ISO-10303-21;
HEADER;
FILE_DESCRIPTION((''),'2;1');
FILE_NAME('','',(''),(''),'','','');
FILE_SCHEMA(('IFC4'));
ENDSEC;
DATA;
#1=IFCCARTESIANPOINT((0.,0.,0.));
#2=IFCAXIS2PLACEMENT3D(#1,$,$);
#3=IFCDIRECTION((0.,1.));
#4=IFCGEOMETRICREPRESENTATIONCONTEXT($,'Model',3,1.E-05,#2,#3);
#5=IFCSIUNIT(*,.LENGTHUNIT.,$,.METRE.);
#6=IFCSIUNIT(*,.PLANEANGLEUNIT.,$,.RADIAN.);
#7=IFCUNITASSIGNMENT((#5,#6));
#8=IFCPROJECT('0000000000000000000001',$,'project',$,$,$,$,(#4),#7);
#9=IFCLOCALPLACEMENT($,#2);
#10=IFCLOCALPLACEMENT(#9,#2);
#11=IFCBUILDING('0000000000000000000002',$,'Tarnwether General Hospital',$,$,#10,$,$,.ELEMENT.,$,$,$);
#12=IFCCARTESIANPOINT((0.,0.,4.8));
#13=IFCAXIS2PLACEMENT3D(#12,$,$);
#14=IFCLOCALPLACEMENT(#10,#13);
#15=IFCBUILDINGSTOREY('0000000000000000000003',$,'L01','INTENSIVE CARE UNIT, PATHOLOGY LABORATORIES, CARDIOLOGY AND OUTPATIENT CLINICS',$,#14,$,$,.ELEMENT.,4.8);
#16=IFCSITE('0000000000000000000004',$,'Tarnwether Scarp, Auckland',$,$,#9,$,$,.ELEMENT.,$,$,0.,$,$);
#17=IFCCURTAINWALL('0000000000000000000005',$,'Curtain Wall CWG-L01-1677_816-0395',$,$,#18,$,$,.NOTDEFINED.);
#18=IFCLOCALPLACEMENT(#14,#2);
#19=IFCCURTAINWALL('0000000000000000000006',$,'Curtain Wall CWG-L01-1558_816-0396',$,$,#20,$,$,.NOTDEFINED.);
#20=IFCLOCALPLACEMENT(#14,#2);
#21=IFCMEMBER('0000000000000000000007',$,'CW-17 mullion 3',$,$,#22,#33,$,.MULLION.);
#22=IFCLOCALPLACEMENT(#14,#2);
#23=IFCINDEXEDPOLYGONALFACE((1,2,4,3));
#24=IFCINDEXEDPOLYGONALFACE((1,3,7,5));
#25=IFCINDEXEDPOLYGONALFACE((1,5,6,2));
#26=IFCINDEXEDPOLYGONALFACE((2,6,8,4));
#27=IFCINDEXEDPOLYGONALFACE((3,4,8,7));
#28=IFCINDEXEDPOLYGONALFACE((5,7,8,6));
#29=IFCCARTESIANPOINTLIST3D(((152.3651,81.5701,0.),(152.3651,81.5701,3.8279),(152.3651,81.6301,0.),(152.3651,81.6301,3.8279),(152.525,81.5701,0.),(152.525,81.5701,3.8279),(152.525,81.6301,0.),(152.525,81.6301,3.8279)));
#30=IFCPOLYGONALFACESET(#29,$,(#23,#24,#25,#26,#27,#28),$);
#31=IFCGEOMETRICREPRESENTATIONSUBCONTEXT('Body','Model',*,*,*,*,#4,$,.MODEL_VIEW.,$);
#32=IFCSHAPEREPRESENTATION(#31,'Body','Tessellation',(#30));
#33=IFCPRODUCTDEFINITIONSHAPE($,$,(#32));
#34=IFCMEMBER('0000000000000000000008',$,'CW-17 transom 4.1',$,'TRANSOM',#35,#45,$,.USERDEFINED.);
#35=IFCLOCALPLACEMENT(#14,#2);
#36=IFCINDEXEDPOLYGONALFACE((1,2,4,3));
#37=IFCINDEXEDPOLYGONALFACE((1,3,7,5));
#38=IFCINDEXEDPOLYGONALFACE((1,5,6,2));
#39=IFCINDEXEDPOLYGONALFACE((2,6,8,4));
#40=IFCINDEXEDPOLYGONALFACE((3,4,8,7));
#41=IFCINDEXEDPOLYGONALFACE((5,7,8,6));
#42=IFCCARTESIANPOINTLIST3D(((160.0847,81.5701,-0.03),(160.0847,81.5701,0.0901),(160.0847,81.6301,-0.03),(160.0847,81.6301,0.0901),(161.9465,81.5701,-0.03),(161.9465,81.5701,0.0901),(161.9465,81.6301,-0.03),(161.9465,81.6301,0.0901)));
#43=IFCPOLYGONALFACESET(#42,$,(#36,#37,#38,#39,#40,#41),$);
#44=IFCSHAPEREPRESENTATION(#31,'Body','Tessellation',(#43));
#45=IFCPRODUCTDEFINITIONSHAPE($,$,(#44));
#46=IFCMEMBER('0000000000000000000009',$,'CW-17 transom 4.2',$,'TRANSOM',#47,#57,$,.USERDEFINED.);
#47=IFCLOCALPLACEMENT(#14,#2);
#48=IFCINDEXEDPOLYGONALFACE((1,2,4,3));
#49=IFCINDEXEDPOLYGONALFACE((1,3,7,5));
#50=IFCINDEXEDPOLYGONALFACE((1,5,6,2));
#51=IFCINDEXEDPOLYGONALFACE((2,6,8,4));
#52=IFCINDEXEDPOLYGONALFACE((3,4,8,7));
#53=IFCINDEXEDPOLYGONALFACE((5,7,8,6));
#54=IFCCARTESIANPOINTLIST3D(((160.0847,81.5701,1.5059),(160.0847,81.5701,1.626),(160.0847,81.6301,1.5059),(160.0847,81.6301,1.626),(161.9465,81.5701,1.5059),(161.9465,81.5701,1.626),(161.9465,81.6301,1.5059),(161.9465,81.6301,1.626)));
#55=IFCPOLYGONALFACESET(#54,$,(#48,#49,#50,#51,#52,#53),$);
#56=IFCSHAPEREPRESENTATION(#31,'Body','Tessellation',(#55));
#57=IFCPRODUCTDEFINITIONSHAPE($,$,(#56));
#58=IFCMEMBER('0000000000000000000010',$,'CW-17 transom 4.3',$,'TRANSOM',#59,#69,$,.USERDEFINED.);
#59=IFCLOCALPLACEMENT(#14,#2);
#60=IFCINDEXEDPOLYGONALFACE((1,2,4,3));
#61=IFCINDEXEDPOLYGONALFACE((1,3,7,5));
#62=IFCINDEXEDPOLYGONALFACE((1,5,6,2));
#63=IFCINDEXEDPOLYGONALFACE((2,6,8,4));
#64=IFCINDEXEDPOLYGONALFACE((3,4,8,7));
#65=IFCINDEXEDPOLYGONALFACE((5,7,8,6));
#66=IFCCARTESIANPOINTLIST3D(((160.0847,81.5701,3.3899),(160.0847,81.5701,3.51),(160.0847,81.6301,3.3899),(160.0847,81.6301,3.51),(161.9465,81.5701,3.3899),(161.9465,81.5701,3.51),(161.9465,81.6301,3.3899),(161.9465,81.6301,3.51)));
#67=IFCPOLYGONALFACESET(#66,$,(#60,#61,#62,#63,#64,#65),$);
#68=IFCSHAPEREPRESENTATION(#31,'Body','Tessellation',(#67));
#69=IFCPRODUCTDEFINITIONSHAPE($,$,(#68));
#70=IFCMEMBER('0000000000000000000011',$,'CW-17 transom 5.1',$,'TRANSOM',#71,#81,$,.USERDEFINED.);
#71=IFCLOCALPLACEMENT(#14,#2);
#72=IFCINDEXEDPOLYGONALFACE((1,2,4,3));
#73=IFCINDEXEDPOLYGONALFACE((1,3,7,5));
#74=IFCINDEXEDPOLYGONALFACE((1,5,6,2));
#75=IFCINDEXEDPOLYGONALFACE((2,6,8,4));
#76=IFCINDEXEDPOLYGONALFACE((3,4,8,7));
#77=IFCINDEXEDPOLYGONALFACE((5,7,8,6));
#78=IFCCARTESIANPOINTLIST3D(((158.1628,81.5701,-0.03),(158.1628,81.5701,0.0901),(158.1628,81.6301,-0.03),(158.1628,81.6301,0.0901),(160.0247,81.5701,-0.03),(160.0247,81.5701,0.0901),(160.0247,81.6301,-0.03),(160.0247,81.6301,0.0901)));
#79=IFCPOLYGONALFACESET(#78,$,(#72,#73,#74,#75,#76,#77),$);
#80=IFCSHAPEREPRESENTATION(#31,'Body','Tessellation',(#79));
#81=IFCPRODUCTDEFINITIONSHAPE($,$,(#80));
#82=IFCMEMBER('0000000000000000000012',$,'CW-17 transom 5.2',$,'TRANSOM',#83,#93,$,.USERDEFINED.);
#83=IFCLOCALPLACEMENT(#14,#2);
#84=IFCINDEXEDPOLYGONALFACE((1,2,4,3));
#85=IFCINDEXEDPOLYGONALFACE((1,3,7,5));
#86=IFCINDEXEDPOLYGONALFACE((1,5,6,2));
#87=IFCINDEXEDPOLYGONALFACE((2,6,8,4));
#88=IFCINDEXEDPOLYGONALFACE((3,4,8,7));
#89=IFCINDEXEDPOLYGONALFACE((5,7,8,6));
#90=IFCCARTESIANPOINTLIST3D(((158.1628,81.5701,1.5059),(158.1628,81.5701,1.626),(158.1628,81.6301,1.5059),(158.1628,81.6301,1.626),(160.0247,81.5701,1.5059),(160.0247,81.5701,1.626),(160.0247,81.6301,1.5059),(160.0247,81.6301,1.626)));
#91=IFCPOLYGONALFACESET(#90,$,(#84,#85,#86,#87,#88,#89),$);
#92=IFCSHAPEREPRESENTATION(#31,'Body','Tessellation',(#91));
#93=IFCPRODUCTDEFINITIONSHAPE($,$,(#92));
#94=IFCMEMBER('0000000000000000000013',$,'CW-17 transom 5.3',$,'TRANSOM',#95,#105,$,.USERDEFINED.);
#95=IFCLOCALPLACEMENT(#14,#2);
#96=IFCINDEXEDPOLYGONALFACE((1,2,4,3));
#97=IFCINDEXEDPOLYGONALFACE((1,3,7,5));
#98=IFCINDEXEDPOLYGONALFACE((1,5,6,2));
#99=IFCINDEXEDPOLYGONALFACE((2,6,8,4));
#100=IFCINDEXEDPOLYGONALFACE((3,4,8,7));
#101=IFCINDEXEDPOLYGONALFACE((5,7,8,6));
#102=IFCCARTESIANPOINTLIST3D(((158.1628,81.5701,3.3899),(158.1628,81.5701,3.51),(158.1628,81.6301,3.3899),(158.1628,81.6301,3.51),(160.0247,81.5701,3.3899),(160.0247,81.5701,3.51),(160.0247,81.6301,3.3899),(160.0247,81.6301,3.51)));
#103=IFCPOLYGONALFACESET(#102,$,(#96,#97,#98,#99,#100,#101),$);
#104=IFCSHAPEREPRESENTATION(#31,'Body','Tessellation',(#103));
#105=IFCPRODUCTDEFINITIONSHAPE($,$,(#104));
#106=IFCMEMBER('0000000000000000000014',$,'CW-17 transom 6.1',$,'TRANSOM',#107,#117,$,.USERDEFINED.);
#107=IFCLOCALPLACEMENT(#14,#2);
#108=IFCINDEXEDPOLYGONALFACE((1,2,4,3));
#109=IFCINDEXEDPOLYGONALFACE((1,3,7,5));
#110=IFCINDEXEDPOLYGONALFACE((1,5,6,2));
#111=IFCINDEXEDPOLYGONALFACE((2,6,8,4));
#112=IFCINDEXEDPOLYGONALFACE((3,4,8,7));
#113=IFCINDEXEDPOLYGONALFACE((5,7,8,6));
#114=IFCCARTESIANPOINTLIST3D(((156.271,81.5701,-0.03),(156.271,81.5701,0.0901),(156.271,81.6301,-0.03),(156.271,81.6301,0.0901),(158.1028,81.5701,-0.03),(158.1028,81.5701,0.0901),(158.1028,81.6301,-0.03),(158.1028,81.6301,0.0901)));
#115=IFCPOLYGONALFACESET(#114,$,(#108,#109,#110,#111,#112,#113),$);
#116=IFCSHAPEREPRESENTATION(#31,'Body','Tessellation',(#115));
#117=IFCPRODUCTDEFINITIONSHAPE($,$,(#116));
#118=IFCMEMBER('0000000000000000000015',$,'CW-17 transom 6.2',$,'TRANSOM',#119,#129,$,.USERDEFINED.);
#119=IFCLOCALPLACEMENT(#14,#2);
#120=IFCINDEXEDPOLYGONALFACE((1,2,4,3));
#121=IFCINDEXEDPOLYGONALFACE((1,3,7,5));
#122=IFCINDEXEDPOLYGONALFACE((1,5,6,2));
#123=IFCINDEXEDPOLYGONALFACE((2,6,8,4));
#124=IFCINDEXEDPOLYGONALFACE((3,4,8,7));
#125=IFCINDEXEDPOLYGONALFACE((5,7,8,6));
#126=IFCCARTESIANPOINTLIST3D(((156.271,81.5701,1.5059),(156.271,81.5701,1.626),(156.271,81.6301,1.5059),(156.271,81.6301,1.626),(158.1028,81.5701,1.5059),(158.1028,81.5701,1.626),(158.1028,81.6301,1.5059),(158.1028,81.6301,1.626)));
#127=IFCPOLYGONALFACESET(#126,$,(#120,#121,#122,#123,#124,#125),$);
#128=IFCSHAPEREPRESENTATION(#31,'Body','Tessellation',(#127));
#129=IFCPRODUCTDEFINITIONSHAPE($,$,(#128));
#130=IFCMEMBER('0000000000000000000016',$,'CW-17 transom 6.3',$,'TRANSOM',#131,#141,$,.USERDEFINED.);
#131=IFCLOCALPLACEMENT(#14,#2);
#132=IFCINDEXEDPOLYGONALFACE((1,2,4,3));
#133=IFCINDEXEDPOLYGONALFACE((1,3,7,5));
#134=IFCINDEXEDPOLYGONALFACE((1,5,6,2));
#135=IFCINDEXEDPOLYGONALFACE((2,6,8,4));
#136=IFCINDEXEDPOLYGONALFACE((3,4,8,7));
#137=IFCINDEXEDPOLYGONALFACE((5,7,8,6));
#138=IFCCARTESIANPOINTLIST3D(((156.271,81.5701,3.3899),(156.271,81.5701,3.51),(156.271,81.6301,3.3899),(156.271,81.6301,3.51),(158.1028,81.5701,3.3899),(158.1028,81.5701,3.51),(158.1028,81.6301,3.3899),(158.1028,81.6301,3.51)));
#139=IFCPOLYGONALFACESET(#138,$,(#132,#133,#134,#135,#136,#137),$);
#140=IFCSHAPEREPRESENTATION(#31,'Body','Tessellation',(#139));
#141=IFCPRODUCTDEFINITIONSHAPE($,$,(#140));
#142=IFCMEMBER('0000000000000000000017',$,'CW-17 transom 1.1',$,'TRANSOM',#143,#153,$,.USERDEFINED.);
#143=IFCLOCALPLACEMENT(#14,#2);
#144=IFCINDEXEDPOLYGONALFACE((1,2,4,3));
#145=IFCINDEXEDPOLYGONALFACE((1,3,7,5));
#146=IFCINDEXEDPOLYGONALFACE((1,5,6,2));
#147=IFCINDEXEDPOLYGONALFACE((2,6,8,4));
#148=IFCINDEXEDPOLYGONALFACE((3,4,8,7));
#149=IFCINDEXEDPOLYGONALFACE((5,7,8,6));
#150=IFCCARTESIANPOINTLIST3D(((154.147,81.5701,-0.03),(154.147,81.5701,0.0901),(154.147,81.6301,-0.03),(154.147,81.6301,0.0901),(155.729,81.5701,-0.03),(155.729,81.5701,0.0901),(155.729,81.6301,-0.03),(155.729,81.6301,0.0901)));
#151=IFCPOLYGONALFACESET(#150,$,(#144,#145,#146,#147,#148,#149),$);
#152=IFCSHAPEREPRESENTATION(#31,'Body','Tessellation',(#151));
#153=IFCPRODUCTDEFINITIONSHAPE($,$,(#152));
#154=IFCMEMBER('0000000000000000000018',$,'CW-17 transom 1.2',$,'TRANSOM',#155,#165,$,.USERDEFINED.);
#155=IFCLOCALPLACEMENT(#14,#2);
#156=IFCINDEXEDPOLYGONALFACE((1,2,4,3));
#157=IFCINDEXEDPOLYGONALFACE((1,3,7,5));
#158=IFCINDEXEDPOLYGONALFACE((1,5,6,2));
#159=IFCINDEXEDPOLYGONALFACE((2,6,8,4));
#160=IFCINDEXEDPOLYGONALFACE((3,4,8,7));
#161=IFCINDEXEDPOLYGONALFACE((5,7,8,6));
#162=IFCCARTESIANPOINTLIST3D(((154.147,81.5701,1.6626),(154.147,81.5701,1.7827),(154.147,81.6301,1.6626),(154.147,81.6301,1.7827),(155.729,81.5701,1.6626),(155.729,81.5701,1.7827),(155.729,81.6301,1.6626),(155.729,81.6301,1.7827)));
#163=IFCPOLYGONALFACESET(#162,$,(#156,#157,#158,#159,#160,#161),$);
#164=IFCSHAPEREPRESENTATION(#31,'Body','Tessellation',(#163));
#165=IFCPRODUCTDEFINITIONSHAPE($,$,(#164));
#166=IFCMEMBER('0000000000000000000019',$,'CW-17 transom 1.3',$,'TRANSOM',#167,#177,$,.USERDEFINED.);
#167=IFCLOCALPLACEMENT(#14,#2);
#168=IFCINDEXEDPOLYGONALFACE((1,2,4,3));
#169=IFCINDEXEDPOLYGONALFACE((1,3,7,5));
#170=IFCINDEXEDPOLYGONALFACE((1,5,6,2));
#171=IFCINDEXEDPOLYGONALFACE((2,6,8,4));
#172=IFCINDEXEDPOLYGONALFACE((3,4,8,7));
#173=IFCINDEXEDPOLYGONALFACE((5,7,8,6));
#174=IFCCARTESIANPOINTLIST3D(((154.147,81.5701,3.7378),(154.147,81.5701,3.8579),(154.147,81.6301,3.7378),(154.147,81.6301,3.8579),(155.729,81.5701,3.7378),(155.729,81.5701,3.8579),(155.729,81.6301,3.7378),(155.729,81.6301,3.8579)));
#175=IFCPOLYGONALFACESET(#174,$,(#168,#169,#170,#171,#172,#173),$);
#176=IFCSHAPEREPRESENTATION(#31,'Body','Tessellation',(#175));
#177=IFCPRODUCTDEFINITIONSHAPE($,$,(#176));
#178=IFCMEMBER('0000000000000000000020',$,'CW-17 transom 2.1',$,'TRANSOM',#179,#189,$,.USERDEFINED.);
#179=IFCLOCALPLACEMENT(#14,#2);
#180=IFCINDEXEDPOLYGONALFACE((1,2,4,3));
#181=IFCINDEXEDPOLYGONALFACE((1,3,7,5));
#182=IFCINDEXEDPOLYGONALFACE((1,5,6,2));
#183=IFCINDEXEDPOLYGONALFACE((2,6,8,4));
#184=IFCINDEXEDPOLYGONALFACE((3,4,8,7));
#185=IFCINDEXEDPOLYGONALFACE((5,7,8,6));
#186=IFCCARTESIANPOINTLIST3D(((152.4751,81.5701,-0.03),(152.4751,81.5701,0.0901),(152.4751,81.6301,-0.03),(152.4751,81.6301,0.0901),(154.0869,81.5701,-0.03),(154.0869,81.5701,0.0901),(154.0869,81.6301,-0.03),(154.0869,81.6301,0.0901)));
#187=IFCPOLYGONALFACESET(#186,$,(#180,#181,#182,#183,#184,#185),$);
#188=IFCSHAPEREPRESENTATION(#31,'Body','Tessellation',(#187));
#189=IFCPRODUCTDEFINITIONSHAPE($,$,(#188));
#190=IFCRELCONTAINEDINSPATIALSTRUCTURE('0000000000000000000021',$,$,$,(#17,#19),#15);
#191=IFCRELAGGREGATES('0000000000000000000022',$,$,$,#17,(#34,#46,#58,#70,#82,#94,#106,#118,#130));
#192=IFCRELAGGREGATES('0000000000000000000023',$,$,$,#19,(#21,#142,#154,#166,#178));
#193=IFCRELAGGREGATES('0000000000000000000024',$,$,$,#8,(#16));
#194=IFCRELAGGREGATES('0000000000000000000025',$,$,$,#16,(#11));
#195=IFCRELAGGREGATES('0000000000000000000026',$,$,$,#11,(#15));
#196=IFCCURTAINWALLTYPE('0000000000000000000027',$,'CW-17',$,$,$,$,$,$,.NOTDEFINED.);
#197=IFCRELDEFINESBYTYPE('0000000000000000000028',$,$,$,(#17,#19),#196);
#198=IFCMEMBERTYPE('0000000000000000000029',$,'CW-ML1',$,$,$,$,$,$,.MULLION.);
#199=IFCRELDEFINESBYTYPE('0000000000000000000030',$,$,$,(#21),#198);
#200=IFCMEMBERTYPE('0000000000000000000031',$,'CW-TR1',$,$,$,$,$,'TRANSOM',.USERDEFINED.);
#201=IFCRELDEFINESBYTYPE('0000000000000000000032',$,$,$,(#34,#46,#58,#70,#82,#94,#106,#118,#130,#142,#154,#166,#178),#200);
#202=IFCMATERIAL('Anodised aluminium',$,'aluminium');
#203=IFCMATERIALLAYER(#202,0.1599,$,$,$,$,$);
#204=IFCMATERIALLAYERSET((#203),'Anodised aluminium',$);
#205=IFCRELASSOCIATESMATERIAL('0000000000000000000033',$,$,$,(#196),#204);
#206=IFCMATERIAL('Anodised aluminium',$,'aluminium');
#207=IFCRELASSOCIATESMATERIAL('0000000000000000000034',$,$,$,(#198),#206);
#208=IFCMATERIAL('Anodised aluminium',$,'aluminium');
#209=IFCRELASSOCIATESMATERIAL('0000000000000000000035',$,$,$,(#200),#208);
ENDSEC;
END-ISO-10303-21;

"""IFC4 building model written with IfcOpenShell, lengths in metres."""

from ifc_helpers import new_model, si_unit, direction, frame, origin, origin_2d, place, context, subcontext, project, spatial, rectangle, extrude, material, layer, layer_set, material_profile, profile_set, type_object, element, aggregate, save


model = new_model("IFC4")

# Units and contexts
model_context = context("Model", 3, precision=1e-05, world=origin(), true_north=direction((0.0, 1.0)))
body_context = subcontext(model_context, "Body", "Model", "MODEL_VIEW")
ifc_project = project(units=[si_unit("LENGTHUNIT", "METRE"), si_unit("PLANEANGLEUNIT", "RADIAN")], contexts=[model_context])

# Site, building, storey
site_placement = place(None, origin())
site = spatial("IfcSite", under=ifc_project, at=site_placement, Name="Tarnwether Scarp, Auckland", CompositionType="ELEMENT", RefElevation=0.0)
building_placement = place(site_placement, origin())
building = spatial("IfcBuilding", under=site, at=building_placement, Name="Tarnwether General Hospital", CompositionType="ELEMENT")
storey_placement = place(building_placement, frame((0.0, 0.0, 4.8)))
storey = spatial("IfcBuildingStorey", under=building, at=storey_placement, Name="L01", Description="INTENSIVE CARE UNIT, PATHOLOGY LABORATORIES, CARDIOLOGY AND OUTPATIENT CLINICS", CompositionType="ELEMENT", Elevation=4.8)

# Curtain walls, member
ifc_material_1 = material(Name="Anodised aluminium", Category="aluminium")
ifc_layer_1 = layer(ifc_material_1, 0.1599)
ifc_layer_set_1 = layer_set([ifc_layer_1], Name="Anodised aluminium")
curtain_wall_type = type_object("IfcCurtainWallType", Name="CW-17", PredefinedType="NOTDEFINED", material=ifc_layer_set_1)
curtain_wall_1_placement = place(storey_placement, origin())
curtain_wall_1 = element("IfcCurtainWall", 1, at=curtain_wall_1_placement, inside=storey, type_object=curtain_wall_type, Name="Curtain Wall CWG-L01-1677_816-0395", PredefinedType="NOTDEFINED")
ifc_material_2 = material(Name="Anodised aluminium", Category="aluminium")
ifc_material_profile_1 = material_profile(ifc_material_2, rectangle(XDim=0.0601, YDim=0.1599, at=origin_2d()), Name="ALU-MUL-60x160")
ifc_profile_set_1 = profile_set([ifc_material_profile_1], Name="Anodised aluminium")
member_type_1 = type_object("IfcMemberType", Name="CW-ML1", PredefinedType="MULLION", material=ifc_profile_set_1)
curtain_wall_2_placement = place(storey_placement, origin())
curtain_wall_2 = element("IfcCurtainWall", 2, at=curtain_wall_2_placement, inside=storey, type_object=curtain_wall_type, Name="Curtain Wall CWG-L01-1558_816-0396", PredefinedType="NOTDEFINED")
member_1_placement = place(storey_placement, frame((152.4451, 81.6001, 0.0), z_axis=(0.0, 0.0, 1.0), x_axis=(0.0, -1.0, 0.0)))
member_1 = element("IfcMember", 3, at=member_1_placement, type_object=member_type_1, Name="CW-17 mullion 3", PredefinedType="MULLION", context=body_context, shape_type="SweptSolid", body=[
    extrude(rectangle(XDim=0.0601, YDim=0.1599, at=origin_2d()), origin(), (0.0, 0.0, 1.0), 3.8279),
])

# Members
ifc_material_3 = material(Name="Anodised aluminium", Category="aluminium")
ifc_material_profile_2 = material_profile(ifc_material_3, rectangle(XDim=0.0601, YDim=0.1201, at=origin_2d()), Name="ALU-TRN-60x120")
ifc_profile_set_2 = profile_set([ifc_material_profile_2], Name="Anodised aluminium")
member_type_2 = type_object("IfcMemberType", Name="CW-TR1", ElementType="TRANSOM", PredefinedType="USERDEFINED", material=ifc_profile_set_2)
member_2_placement = place(storey_placement, frame((161.9465, 81.6001, 0.03), z_axis=(-1.0, 0.0, 0.0), x_axis=(0.0, -1.0, 0.0)))
member_2 = element("IfcMember", 4, at=member_2_placement, type_object=member_type_2, Name="CW-17 transom 4.1", ObjectType="TRANSOM", PredefinedType="USERDEFINED", context=body_context, shape_type="SweptSolid", body=[
    extrude(rectangle(XDim=0.0601, YDim=0.1201, at=origin_2d()), origin(), (0.0, 0.0, 1.0), 1.8618),
])
member_3_placement = place(storey_placement, frame((161.9465, 81.6001, 1.5659), z_axis=(-1.0, 0.0, 0.0), x_axis=(0.0, -1.0, 0.0)))
member_3 = element("IfcMember", 5, at=member_3_placement, type_object=member_type_2, Name="CW-17 transom 4.2", ObjectType="TRANSOM", PredefinedType="USERDEFINED", context=body_context, shape_type="SweptSolid", body=[
    extrude(rectangle(XDim=0.0601, YDim=0.1201, at=origin_2d()), origin(), (0.0, 0.0, 1.0), 1.8618),
])
member_4_placement = place(storey_placement, frame((161.9465, 81.6001, 3.45), z_axis=(-1.0, 0.0, 0.0), x_axis=(0.0, -1.0, 0.0)))
member_4 = element("IfcMember", 6, at=member_4_placement, type_object=member_type_2, Name="CW-17 transom 4.3", ObjectType="TRANSOM", PredefinedType="USERDEFINED", context=body_context, shape_type="SweptSolid", body=[
    extrude(rectangle(XDim=0.0601, YDim=0.1201, at=origin_2d()), origin(), (0.0, 0.0, 1.0), 1.8618),
])
member_5_placement = place(storey_placement, frame((160.0247, 81.6001, 0.03), z_axis=(-1.0, 0.0, 0.0), x_axis=(0.0, -1.0, 0.0)))
member_5 = element("IfcMember", 7, at=member_5_placement, type_object=member_type_2, Name="CW-17 transom 5.1", ObjectType="TRANSOM", PredefinedType="USERDEFINED", context=body_context, shape_type="SweptSolid", body=[
    extrude(rectangle(XDim=0.0601, YDim=0.1201, at=origin_2d()), origin(), (0.0, 0.0, 1.0), 1.8618),
])
member_6_placement = place(storey_placement, frame((160.0247, 81.6001, 1.5659), z_axis=(-1.0, 0.0, 0.0), x_axis=(0.0, -1.0, 0.0)))
member_6 = element("IfcMember", 8, at=member_6_placement, type_object=member_type_2, Name="CW-17 transom 5.2", ObjectType="TRANSOM", PredefinedType="USERDEFINED", context=body_context, shape_type="SweptSolid", body=[
    extrude(rectangle(XDim=0.0601, YDim=0.1201, at=origin_2d()), origin(), (0.0, 0.0, 1.0), 1.8618),
])
member_7_placement = place(storey_placement, frame((160.0247, 81.6001, 3.45), z_axis=(-1.0, 0.0, 0.0), x_axis=(0.0, -1.0, 0.0)))
member_7 = element("IfcMember", 9, at=member_7_placement, type_object=member_type_2, Name="CW-17 transom 5.3", ObjectType="TRANSOM", PredefinedType="USERDEFINED", context=body_context, shape_type="SweptSolid", body=[
    extrude(rectangle(XDim=0.0601, YDim=0.1201, at=origin_2d()), origin(), (0.0, 0.0, 1.0), 1.8618),
])
member_8_placement = place(storey_placement, frame((158.1028, 81.6001, 0.03), z_axis=(-1.0, 0.0, 0.0), x_axis=(0.0, -1.0, 0.0)))
member_8 = element("IfcMember", 10, at=member_8_placement, type_object=member_type_2, Name="CW-17 transom 6.1", ObjectType="TRANSOM", PredefinedType="USERDEFINED", context=body_context, shape_type="SweptSolid", body=[
    extrude(rectangle(XDim=0.0601, YDim=0.1201, at=origin_2d()), origin(), (0.0, 0.0, 1.0), 1.8318),
])
member_9_placement = place(storey_placement, frame((158.1028, 81.6001, 1.5659), z_axis=(-1.0, 0.0, 0.0), x_axis=(0.0, -1.0, 0.0)))
member_9 = element("IfcMember", 11, at=member_9_placement, type_object=member_type_2, Name="CW-17 transom 6.2", ObjectType="TRANSOM", PredefinedType="USERDEFINED", context=body_context, shape_type="SweptSolid", body=[
    extrude(rectangle(XDim=0.0601, YDim=0.1201, at=origin_2d()), origin(), (0.0, 0.0, 1.0), 1.8318),
])
member_10_placement = place(storey_placement, frame((158.1028, 81.6001, 3.45), z_axis=(-1.0, 0.0, 0.0), x_axis=(0.0, -1.0, 0.0)))
member_10 = element("IfcMember", 12, at=member_10_placement, type_object=member_type_2, Name="CW-17 transom 6.3", ObjectType="TRANSOM", PredefinedType="USERDEFINED", context=body_context, shape_type="SweptSolid", body=[
    extrude(rectangle(XDim=0.0601, YDim=0.1201, at=origin_2d()), origin(), (0.0, 0.0, 1.0), 1.8318),
])
member_11_placement = place(storey_placement, frame((155.729, 81.6001, 0.03), z_axis=(-1.0, 0.0, 0.0), x_axis=(0.0, -1.0, 0.0)))
member_11 = element("IfcMember", 13, at=member_11_placement, type_object=member_type_2, Name="CW-17 transom 1.1", ObjectType="TRANSOM", PredefinedType="USERDEFINED", context=body_context, shape_type="SweptSolid", body=[
    extrude(rectangle(XDim=0.0601, YDim=0.1201, at=origin_2d()), origin(), (0.0, 0.0, 1.0), 1.582),
])
member_12_placement = place(storey_placement, frame((155.729, 81.6001, 1.7227), z_axis=(-1.0, 0.0, 0.0), x_axis=(0.0, -1.0, 0.0)))
member_12 = element("IfcMember", 14, at=member_12_placement, type_object=member_type_2, Name="CW-17 transom 1.2", ObjectType="TRANSOM", PredefinedType="USERDEFINED", context=body_context, shape_type="SweptSolid", body=[
    extrude(rectangle(XDim=0.0601, YDim=0.1201, at=origin_2d()), origin(), (0.0, 0.0, 1.0), 1.582),
])
member_13_placement = place(storey_placement, frame((155.729, 81.6001, 3.7979), z_axis=(-1.0, 0.0, 0.0), x_axis=(0.0, -1.0, 0.0)))
member_13 = element("IfcMember", 15, at=member_13_placement, type_object=member_type_2, Name="CW-17 transom 1.3", ObjectType="TRANSOM", PredefinedType="USERDEFINED", context=body_context, shape_type="SweptSolid", body=[
    extrude(rectangle(XDim=0.0601, YDim=0.1201, at=origin_2d()), origin(), (0.0, 0.0, 1.0), 1.582),
])
member_14_placement = place(storey_placement, frame((154.0869, 81.6001, 0.03), z_axis=(-1.0, 0.0, 0.0), x_axis=(0.0, -1.0, 0.0)))
member_14 = element("IfcMember", 16, at=member_14_placement, type_object=member_type_2, Name="CW-17 transom 2.1", ObjectType="TRANSOM", PredefinedType="USERDEFINED", context=body_context, shape_type="SweptSolid", body=[
    extrude(rectangle(XDim=0.0601, YDim=0.1201, at=origin_2d()), origin(), (0.0, 0.0, 1.0), 1.6118),
])

aggregate(curtain_wall_1, [member_2, member_3, member_4, member_5, member_6, member_7, member_8, member_9, member_10])
aggregate(curtain_wall_2, [member_1, member_11, member_12, member_13, member_14])

save(model, "model.ifc")
